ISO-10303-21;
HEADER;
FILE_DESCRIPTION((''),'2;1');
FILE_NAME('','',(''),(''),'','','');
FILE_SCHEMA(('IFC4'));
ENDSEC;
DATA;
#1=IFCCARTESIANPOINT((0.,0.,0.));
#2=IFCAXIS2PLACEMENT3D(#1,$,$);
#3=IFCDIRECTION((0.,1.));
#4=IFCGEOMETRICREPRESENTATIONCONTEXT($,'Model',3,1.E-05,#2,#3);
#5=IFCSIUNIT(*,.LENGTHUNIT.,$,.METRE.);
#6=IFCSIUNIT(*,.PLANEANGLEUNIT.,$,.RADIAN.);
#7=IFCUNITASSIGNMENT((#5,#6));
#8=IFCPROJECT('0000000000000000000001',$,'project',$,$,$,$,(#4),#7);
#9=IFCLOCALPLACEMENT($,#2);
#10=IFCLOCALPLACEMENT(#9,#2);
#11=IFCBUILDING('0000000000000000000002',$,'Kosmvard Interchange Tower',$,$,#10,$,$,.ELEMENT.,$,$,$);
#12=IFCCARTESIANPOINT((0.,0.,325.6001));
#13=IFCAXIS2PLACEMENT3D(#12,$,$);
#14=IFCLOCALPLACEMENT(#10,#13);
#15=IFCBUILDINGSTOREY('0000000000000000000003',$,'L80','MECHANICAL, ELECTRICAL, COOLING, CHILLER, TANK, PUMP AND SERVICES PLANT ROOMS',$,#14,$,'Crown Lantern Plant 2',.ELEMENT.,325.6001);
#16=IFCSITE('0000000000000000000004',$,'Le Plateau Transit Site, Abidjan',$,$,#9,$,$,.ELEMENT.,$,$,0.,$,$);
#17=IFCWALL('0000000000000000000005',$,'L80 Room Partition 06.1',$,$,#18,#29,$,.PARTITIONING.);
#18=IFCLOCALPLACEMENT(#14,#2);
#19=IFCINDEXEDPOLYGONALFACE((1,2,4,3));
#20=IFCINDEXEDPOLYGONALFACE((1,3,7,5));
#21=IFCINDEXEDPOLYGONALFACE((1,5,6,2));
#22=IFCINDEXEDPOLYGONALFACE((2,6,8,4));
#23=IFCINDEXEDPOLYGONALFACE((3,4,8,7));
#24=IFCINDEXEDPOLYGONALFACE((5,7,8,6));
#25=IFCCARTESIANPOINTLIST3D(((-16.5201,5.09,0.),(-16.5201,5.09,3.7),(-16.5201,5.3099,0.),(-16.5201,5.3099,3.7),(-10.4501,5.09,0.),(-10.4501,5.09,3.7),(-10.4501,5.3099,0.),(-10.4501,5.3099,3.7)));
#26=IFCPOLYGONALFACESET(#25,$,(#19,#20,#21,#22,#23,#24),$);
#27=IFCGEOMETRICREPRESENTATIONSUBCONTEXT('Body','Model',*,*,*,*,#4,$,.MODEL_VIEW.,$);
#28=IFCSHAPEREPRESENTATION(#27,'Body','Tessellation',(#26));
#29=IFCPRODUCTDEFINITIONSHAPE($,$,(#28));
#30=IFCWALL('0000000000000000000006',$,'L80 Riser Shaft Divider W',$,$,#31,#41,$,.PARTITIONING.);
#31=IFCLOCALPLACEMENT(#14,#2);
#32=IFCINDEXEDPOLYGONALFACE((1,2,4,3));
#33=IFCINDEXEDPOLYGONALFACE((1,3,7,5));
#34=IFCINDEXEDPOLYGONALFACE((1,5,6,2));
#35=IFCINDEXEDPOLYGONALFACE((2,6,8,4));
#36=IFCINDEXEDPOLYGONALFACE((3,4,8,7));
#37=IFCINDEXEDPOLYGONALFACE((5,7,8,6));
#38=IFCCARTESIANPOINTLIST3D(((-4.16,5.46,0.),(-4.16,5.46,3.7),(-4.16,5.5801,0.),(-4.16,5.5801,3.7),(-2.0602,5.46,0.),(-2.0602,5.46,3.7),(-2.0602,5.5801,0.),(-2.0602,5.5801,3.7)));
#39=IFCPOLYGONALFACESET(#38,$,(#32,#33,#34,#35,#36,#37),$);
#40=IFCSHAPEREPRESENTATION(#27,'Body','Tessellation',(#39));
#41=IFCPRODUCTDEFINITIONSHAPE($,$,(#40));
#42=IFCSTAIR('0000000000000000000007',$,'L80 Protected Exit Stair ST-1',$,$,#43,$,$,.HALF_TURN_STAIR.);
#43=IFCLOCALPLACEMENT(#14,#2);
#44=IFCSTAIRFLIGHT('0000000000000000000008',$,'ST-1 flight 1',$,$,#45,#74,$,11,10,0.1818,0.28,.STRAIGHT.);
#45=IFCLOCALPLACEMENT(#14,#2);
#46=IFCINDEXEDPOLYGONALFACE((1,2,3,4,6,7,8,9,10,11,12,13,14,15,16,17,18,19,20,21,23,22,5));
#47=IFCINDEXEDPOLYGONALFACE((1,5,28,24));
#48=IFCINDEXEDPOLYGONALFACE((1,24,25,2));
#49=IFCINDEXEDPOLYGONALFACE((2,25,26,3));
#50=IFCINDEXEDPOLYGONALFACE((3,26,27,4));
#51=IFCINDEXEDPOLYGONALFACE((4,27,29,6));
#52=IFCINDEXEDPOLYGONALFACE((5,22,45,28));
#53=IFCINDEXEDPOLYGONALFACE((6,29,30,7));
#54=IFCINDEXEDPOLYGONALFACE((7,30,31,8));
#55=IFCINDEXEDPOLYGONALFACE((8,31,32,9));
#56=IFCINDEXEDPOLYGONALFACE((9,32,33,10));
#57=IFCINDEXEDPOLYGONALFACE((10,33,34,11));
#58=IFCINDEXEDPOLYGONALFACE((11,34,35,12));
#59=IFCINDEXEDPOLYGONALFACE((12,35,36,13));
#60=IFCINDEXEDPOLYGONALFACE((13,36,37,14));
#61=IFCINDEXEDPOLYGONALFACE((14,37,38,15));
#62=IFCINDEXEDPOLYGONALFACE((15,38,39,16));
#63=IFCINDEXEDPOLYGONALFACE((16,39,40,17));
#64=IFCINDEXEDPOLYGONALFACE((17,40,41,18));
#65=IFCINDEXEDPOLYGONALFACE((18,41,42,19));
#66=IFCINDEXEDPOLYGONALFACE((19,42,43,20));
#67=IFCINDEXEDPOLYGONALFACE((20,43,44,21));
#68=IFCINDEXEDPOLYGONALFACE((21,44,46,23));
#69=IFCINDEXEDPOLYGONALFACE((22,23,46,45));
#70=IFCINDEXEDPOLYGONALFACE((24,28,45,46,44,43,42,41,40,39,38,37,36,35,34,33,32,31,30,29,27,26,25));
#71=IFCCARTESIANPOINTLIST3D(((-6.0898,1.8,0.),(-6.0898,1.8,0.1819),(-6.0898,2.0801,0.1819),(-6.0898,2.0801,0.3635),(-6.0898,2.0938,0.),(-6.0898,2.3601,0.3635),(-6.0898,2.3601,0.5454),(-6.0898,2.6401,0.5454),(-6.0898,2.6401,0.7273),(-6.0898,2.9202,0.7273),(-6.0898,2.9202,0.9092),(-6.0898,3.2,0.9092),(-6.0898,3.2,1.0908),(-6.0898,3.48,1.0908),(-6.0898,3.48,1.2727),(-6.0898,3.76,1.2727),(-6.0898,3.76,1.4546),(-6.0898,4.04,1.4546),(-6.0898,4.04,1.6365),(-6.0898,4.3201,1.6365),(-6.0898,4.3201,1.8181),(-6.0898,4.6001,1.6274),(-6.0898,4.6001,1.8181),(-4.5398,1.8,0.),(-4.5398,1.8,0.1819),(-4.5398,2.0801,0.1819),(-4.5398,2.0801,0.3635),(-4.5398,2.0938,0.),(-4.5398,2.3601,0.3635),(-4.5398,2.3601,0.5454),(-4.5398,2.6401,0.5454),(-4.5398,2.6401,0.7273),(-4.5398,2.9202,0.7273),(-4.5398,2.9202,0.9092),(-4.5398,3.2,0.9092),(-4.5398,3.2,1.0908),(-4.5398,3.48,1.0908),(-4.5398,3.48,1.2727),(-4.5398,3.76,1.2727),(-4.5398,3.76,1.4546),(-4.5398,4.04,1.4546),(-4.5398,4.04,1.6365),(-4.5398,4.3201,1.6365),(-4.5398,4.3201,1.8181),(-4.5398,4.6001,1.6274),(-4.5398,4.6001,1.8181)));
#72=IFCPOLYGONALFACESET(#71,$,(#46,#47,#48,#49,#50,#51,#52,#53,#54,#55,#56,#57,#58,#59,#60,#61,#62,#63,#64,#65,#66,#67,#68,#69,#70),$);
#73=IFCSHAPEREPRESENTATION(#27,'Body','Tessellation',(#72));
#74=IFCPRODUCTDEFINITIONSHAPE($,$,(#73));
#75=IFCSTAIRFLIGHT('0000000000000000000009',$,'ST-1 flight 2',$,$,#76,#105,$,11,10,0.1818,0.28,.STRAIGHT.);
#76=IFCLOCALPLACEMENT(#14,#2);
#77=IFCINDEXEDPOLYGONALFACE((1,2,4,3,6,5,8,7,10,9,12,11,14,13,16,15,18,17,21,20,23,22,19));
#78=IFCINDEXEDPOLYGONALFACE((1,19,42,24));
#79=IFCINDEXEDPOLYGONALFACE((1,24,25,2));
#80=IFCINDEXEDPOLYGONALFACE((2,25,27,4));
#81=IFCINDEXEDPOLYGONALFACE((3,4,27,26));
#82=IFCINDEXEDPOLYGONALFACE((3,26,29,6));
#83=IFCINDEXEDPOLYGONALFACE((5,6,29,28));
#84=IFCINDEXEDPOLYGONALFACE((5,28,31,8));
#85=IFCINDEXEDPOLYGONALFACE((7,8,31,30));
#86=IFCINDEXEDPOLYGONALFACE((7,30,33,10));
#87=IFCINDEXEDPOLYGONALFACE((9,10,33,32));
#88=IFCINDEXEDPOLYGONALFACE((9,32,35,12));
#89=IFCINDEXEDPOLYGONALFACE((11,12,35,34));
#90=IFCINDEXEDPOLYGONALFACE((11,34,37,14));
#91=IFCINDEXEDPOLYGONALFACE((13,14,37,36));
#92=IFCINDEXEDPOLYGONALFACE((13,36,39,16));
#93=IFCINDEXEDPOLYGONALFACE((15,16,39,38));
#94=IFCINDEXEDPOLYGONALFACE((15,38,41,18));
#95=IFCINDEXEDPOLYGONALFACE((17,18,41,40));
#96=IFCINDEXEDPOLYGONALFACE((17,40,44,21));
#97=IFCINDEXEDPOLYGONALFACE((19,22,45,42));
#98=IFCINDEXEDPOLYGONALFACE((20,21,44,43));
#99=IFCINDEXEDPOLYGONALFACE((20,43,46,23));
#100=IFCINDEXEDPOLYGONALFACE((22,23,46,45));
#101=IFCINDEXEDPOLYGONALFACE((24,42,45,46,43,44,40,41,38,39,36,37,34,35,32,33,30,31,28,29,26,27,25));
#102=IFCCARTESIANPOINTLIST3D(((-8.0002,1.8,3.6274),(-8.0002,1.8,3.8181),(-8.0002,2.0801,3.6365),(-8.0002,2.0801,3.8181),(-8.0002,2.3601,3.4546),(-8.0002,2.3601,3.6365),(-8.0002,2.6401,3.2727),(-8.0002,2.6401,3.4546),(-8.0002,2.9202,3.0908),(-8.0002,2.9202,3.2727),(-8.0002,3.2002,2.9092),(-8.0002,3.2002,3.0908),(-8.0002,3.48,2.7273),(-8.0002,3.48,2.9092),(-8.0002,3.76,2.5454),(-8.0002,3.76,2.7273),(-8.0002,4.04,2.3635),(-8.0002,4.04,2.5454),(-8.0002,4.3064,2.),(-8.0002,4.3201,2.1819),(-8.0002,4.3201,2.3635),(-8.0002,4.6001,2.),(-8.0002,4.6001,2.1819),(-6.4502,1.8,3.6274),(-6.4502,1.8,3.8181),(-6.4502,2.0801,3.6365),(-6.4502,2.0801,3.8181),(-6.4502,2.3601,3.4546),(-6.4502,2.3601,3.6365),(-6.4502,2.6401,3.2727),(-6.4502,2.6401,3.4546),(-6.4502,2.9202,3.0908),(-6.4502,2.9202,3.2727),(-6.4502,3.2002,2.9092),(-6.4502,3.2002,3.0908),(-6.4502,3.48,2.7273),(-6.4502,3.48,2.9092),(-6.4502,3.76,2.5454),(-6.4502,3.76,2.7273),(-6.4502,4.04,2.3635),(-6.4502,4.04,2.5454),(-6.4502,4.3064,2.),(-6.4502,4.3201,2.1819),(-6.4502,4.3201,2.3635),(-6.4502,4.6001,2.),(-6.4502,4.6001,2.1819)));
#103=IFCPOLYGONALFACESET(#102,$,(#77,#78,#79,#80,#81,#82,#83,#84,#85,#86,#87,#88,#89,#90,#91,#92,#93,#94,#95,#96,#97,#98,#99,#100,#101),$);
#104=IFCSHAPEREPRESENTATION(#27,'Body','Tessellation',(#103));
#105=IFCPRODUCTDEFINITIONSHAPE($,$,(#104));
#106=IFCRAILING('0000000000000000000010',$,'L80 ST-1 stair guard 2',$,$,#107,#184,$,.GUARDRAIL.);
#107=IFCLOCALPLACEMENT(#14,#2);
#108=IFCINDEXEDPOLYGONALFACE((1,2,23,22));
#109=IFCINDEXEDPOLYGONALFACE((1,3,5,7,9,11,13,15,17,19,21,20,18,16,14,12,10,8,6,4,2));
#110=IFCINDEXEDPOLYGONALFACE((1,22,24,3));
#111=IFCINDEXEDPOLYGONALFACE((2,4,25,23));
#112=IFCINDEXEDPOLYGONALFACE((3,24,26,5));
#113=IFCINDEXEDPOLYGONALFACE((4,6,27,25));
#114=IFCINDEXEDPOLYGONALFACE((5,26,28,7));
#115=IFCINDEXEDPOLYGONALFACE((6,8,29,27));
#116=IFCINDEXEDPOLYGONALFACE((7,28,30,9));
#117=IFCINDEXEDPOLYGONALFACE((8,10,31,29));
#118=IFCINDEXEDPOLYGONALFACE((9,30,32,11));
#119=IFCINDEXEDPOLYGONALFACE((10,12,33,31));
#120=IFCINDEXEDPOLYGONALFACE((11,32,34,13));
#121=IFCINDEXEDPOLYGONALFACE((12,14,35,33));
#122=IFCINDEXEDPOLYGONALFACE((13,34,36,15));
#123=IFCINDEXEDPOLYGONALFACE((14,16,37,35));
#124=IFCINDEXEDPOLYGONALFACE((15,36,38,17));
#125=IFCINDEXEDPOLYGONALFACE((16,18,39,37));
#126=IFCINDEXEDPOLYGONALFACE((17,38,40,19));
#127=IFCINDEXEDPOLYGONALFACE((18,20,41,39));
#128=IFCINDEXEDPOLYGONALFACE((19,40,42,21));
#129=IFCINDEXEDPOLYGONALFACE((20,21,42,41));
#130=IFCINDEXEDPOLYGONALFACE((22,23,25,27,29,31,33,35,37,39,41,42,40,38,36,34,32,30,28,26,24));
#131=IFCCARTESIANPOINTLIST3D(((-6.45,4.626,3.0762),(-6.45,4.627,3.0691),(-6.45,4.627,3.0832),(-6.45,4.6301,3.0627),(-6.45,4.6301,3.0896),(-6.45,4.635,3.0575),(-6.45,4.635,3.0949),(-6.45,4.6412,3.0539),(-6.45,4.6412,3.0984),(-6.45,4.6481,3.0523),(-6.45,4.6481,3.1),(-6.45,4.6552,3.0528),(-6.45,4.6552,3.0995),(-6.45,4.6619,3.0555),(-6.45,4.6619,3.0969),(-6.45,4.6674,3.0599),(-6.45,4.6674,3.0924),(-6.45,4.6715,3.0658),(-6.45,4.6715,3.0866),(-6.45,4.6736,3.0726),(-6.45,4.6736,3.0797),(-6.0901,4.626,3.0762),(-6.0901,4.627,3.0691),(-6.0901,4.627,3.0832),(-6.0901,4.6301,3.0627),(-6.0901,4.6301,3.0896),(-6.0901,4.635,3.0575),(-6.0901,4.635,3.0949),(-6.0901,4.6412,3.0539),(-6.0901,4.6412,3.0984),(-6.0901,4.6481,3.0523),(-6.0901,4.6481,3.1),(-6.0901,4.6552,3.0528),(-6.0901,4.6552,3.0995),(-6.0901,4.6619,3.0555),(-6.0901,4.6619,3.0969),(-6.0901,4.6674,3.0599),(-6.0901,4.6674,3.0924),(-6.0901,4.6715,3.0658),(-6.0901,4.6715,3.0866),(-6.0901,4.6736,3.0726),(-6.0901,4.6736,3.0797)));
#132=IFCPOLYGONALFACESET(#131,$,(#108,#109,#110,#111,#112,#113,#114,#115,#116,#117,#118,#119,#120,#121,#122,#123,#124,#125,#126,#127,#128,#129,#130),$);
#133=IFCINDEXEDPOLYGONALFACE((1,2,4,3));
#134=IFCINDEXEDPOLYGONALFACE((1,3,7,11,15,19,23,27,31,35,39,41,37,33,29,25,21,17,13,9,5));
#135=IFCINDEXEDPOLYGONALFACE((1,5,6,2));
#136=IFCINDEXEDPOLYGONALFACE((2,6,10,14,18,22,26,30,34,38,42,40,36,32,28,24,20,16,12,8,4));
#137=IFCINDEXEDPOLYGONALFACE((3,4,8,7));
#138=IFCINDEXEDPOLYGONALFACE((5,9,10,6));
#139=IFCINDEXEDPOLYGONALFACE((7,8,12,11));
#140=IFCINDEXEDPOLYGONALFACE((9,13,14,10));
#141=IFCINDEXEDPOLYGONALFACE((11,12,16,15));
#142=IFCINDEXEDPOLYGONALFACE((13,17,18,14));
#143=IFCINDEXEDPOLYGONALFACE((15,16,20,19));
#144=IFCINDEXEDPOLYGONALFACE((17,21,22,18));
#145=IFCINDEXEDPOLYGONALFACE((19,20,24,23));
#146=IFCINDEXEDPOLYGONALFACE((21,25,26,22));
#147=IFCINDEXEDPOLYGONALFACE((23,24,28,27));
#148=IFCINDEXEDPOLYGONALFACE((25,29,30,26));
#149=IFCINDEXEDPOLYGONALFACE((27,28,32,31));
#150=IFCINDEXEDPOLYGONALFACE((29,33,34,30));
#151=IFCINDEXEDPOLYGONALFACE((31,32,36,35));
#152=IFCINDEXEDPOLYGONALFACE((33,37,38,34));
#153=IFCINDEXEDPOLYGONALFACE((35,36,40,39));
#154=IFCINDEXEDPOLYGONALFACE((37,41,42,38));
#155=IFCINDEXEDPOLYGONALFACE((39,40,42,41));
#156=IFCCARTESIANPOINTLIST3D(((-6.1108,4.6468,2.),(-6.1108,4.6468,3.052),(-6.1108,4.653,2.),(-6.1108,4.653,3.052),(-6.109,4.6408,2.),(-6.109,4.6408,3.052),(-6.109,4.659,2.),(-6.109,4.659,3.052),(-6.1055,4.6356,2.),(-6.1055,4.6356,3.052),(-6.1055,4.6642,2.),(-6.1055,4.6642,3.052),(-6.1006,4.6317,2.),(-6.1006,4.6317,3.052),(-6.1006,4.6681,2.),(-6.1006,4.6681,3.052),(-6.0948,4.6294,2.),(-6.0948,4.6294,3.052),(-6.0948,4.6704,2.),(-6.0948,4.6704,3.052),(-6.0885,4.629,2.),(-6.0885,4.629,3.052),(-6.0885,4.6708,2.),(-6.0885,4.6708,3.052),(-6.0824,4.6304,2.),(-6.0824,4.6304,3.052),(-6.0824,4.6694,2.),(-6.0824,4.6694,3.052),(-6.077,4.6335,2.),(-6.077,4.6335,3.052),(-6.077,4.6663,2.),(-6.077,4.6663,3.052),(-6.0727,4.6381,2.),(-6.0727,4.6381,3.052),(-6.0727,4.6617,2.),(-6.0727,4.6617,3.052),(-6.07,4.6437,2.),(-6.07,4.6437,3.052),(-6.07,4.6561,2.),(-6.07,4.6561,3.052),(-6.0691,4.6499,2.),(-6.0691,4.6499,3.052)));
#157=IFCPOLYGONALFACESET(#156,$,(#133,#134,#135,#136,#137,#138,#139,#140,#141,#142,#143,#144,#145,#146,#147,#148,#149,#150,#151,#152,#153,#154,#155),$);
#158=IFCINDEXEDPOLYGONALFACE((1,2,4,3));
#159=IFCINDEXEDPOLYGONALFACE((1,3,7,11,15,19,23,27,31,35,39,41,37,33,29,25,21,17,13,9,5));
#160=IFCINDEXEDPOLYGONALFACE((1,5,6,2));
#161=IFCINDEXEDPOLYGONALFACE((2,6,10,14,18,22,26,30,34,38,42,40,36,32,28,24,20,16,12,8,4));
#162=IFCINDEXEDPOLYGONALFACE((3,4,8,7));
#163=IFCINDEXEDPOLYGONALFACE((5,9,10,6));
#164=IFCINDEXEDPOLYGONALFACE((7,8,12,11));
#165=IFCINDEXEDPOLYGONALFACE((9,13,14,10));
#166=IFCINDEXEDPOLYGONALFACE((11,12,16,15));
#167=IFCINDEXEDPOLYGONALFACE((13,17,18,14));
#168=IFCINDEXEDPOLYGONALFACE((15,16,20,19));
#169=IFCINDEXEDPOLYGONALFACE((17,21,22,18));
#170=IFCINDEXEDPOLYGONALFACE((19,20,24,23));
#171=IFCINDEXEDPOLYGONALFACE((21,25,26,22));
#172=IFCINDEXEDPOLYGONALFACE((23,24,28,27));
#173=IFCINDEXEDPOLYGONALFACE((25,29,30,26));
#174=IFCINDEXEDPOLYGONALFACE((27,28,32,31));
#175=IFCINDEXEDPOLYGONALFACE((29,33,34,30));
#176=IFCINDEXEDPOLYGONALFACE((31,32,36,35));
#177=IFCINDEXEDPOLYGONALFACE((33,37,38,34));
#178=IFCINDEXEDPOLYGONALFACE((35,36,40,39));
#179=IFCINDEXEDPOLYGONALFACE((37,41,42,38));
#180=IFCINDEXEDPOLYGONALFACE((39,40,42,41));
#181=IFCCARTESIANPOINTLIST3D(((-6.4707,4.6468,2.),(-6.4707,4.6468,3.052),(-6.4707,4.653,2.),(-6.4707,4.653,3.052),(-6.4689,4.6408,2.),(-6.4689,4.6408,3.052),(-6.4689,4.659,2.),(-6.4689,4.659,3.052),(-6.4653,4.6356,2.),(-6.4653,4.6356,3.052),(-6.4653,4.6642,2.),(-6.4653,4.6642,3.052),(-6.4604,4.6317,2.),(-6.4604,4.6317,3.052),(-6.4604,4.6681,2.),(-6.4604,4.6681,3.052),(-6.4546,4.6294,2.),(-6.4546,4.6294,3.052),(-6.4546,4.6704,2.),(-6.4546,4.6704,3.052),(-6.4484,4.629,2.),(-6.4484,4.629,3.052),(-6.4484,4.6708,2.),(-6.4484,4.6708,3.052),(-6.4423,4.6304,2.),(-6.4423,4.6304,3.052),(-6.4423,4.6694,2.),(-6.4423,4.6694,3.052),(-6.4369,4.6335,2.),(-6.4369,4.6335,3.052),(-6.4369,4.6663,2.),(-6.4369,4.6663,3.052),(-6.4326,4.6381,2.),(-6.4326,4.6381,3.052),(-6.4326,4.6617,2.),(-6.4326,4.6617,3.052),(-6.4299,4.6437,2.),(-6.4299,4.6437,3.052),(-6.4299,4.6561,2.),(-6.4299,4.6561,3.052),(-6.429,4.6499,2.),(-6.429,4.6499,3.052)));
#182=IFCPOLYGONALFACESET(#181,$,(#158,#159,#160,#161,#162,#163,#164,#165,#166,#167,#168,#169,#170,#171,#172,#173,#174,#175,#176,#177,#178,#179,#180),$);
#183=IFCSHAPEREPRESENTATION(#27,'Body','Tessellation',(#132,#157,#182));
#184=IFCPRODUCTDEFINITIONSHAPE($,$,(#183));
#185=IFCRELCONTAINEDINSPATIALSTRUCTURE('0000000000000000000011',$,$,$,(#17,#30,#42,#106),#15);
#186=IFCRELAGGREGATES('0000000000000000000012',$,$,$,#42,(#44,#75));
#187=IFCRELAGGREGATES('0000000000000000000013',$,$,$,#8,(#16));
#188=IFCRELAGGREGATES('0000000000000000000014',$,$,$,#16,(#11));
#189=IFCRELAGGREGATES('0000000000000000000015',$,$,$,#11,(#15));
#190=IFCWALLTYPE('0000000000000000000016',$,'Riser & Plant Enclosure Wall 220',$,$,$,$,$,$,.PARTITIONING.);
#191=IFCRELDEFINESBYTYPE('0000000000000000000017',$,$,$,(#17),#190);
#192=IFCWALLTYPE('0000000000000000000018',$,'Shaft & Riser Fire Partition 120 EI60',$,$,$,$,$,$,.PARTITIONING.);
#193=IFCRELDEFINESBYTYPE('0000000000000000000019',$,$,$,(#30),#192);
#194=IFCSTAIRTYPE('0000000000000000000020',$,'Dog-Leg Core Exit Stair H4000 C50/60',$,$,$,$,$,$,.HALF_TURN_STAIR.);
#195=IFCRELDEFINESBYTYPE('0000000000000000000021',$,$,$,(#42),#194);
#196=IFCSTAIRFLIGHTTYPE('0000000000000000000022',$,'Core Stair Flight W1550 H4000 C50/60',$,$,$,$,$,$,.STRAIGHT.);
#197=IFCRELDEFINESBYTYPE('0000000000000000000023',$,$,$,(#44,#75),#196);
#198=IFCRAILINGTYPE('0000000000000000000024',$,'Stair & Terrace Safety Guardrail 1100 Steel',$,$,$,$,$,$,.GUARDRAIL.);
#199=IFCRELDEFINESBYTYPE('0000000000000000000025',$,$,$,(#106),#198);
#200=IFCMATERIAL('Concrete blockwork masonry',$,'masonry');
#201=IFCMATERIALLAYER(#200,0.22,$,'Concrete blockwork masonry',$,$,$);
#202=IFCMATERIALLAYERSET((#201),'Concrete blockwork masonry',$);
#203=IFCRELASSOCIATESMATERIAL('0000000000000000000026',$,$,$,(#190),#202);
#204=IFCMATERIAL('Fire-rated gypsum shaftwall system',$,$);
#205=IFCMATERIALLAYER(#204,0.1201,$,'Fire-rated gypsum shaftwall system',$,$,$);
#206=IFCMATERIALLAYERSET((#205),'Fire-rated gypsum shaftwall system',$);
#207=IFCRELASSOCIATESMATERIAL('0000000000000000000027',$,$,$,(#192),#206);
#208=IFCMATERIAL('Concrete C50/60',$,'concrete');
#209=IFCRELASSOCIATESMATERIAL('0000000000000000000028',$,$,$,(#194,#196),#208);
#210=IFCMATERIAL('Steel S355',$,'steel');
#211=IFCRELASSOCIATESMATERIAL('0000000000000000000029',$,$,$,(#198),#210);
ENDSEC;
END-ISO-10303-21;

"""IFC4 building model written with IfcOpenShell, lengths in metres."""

from ifc_helpers import new_model, si_unit, direction, frame, frame_2d, origin, origin_2d, place, context, subcontext, project, spatial, polyline, rectangle, circle, outline, extrude, source, transform, mapped, material, layer, layer_set, type_object, element, aggregate, save


model = new_model("IFC4")

# Units and contexts
model_context = context("Model", 3, precision=1e-05, world=origin(), true_north=direction((0.0, 1.0)))
body_context = subcontext(model_context, "Body", "Model", "MODEL_VIEW")
ifc_project = project(units=[si_unit("LENGTHUNIT", "METRE"), si_unit("PLANEANGLEUNIT", "RADIAN")], contexts=[model_context])

# Site, building, storey
site_placement = place(None, origin())
site = spatial("IfcSite", under=ifc_project, at=site_placement, Name="Le Plateau Transit Site, Abidjan", CompositionType="ELEMENT", RefElevation=0.0)
building_placement = place(site_placement, origin())
building = spatial("IfcBuilding", under=site, at=building_placement, Name="Kosmvard Interchange Tower", CompositionType="ELEMENT")
storey_placement = place(building_placement, frame((0.0, 0.0, 325.6001)))
storey = spatial("IfcBuildingStorey", under=building, at=storey_placement, Name="L80", Description="MECHANICAL, ELECTRICAL, COOLING, CHILLER, TANK, PUMP AND SERVICES PLANT ROOMS", LongName="Crown Lantern Plant 2", CompositionType="ELEMENT", Elevation=325.6001)

# Shared definitions
ifc_material_1 = material(Name="Concrete C50/60", Category="concrete")

# Shared definitions
ifc_material_2 = material(Name="Steel S355", Category="steel")

# Shared definitions
ifc_material_3 = material(Name="Concrete blockwork masonry", Category="masonry")

# Walls
ifc_layer_1 = layer(ifc_material_3, 0.22, Name="Concrete blockwork masonry")
ifc_layer_set_1 = layer_set([ifc_layer_1], Name="Concrete blockwork masonry")
wall_type_1 = type_object("IfcWallType", Name="Riser & Plant Enclosure Wall 220", PredefinedType="PARTITIONING", material=ifc_layer_set_1)
wall_1_placement = place(storey_placement, frame((-10.45, 5.2, 0.0), z_axis=(0.0, 0.0, 1.0), x_axis=(-1.0, 0.0, 0.0)))
element("IfcWall", 1, at=wall_1_placement, inside=storey, type_object=wall_type_1, Name="L80 Room Partition 06.1", PredefinedType="PARTITIONING", context=body_context, shape_type="SweptSolid", body=[
    extrude(rectangle(XDim=6.0701, YDim=0.22, at=frame_2d((3.0352, 0.0))), origin(), (0.0, 0.0, 1.0), 3.7),
])
ifc_material_4 = material(Name="Fire-rated gypsum shaftwall system")
ifc_layer_2 = layer(ifc_material_4, 0.1201, Name="Fire-rated gypsum shaftwall system")
ifc_layer_set_2 = layer_set([ifc_layer_2], Name="Fire-rated gypsum shaftwall system")
wall_type_2 = type_object("IfcWallType", Name="Shaft & Riser Fire Partition 120 EI60", PredefinedType="PARTITIONING", material=ifc_layer_set_2)
wall_2_placement = place(storey_placement, frame((-4.1599, 5.52, 0.0), z_axis=(0.0, 0.0, 1.0), x_axis=(1.0, 0.0, 0.0)))
element("IfcWall", 2, at=wall_2_placement, inside=storey, type_object=wall_type_2, Name="L80 Riser Shaft Divider W", PredefinedType="PARTITIONING", context=body_context, shape_type="SweptSolid", body=[
    extrude(rectangle(XDim=2.0999, YDim=0.1201, at=frame_2d((1.0498, 0.0))), origin(), (0.0, 0.0, 1.0), 3.7),
])

# Stair, stair flights
stair_type = type_object("IfcStairType", Name="Dog-Leg Core Exit Stair H4000 C50/60", PredefinedType="HALF_TURN_STAIR", material=ifc_material_1)
stair_placement = place(storey_placement, origin())
stair = element("IfcStair", 3, at=stair_placement, inside=storey, type_object=stair_type, Name="L80 Protected Exit Stair ST-1", PredefinedType="HALF_TURN_STAIR")
stair_flight_type = type_object("IfcStairFlightType", Name="Core Stair Flight W1550 H4000 C50/60", PredefinedType="STRAIGHT", material=ifc_material_1)
shared_shape_1 = source(origin(), body_context, "Body", "SweptSolid", [
    extrude(outline(polyline([(0.0, 0.0), (0.0, 0.1819), (0.28, 0.1819), (0.28, 0.3635), (0.5601, 0.3635), (0.5601, 0.5454), (0.8401, 0.5454), (0.8401, 0.7273), (1.1201, 0.7273), (1.1201, 0.9092), (1.3999, 0.9092), (1.3999, 1.0908), (1.6799, 1.0908), (1.6799, 1.2727), (1.96, 1.2727), (1.96, 1.4546), (2.24, 1.4546), (2.24, 1.6365), (2.52, 1.6365), (2.52, 1.8181), (2.8, 1.8181), (2.8, 2.0), (2.8, 1.6274), (0.2937, 0.0), (0.0, 0.0)])), frame((0.0, 0.7749, 0.0), z_axis=(0.0, -1.0, 0.0), x_axis=(1.0, 0.0, 0.0)), (0.0, 0.0, 1.0), 1.55),
])
stair_flight_1_placement = place(storey_placement, frame((-5.3149, 1.8, 0.0), z_axis=(0.0, 0.0, 1.0), x_axis=(0.0, 1.0, 0.0)))
stair_flight_1 = element("IfcStairFlight", 4, at=stair_flight_1_placement, type_object=stair_flight_type, Name="ST-1 flight 1", NumberOfRisers=11, NumberOfTreads=10, PredefinedType="STRAIGHT", RiserHeight=0.1818, TreadLength=0.28, context=body_context, shape_type="MappedRepresentation", body=[
    mapped(shared_shape_1, transform((0.0, 0.0, 0.0), scale=1.0)),
])
stair_flight_2_placement = place(storey_placement, frame((-7.2251, 4.6001, 2.0), z_axis=(0.0, 0.0, 1.0), x_axis=(0.0, -1.0, 0.0)))
stair_flight_2 = element("IfcStairFlight", 5, at=stair_flight_2_placement, type_object=stair_flight_type, Name="ST-1 flight 2", NumberOfRisers=11, NumberOfTreads=10, PredefinedType="STRAIGHT", RiserHeight=0.1818, TreadLength=0.28, context=body_context, shape_type="MappedRepresentation", body=[
    mapped(shared_shape_1, transform((0.0, 0.0, 0.0), scale=1.0)),
])
aggregate(stair, [stair_flight_1, stair_flight_2])

# Railing
railing_type_1 = type_object("IfcRailingType", Name="Stair & Terrace Safety Guardrail 1100 Steel", PredefinedType="GUARDRAIL", material=ifc_material_2)
shared_shape_2 = source(origin(), body_context, "Body", "SweptSolid", [
    extrude(circle(Radius=0.0239, at=origin_2d()), frame((0.0, 0.0, 1.0762), z_axis=(-1.0, 0.0, 0.0), x_axis=(0.0, -1.0, 0.0)), (0.0, 0.0, 1.0), 0.3599),
    extrude(circle(Radius=0.021, at=origin_2d()), origin(), (0.0, 0.0, 1.0), 1.052),
    extrude(circle(Radius=0.021, at=origin_2d()), frame((-0.3599, 0.0, 0.0)), (0.0, 0.0, 1.0), 1.052),
])
for number, where, name in (
    (6, (-6.0901, 4.6499, 2.0), "L80 ST-1 stair guard 2"),
):
    element("IfcRailing", number, at=place(storey_placement, frame(where)), inside=storey, type_object=railing_type_1, Name=name, PredefinedType="GUARDRAIL", context=body_context, shape_type="MappedRepresentation", body=[
        mapped(shared_shape_2, transform((0.0, 0.0, 0.0), scale=1.0)),
    ])

save(model, "model.ifc")
